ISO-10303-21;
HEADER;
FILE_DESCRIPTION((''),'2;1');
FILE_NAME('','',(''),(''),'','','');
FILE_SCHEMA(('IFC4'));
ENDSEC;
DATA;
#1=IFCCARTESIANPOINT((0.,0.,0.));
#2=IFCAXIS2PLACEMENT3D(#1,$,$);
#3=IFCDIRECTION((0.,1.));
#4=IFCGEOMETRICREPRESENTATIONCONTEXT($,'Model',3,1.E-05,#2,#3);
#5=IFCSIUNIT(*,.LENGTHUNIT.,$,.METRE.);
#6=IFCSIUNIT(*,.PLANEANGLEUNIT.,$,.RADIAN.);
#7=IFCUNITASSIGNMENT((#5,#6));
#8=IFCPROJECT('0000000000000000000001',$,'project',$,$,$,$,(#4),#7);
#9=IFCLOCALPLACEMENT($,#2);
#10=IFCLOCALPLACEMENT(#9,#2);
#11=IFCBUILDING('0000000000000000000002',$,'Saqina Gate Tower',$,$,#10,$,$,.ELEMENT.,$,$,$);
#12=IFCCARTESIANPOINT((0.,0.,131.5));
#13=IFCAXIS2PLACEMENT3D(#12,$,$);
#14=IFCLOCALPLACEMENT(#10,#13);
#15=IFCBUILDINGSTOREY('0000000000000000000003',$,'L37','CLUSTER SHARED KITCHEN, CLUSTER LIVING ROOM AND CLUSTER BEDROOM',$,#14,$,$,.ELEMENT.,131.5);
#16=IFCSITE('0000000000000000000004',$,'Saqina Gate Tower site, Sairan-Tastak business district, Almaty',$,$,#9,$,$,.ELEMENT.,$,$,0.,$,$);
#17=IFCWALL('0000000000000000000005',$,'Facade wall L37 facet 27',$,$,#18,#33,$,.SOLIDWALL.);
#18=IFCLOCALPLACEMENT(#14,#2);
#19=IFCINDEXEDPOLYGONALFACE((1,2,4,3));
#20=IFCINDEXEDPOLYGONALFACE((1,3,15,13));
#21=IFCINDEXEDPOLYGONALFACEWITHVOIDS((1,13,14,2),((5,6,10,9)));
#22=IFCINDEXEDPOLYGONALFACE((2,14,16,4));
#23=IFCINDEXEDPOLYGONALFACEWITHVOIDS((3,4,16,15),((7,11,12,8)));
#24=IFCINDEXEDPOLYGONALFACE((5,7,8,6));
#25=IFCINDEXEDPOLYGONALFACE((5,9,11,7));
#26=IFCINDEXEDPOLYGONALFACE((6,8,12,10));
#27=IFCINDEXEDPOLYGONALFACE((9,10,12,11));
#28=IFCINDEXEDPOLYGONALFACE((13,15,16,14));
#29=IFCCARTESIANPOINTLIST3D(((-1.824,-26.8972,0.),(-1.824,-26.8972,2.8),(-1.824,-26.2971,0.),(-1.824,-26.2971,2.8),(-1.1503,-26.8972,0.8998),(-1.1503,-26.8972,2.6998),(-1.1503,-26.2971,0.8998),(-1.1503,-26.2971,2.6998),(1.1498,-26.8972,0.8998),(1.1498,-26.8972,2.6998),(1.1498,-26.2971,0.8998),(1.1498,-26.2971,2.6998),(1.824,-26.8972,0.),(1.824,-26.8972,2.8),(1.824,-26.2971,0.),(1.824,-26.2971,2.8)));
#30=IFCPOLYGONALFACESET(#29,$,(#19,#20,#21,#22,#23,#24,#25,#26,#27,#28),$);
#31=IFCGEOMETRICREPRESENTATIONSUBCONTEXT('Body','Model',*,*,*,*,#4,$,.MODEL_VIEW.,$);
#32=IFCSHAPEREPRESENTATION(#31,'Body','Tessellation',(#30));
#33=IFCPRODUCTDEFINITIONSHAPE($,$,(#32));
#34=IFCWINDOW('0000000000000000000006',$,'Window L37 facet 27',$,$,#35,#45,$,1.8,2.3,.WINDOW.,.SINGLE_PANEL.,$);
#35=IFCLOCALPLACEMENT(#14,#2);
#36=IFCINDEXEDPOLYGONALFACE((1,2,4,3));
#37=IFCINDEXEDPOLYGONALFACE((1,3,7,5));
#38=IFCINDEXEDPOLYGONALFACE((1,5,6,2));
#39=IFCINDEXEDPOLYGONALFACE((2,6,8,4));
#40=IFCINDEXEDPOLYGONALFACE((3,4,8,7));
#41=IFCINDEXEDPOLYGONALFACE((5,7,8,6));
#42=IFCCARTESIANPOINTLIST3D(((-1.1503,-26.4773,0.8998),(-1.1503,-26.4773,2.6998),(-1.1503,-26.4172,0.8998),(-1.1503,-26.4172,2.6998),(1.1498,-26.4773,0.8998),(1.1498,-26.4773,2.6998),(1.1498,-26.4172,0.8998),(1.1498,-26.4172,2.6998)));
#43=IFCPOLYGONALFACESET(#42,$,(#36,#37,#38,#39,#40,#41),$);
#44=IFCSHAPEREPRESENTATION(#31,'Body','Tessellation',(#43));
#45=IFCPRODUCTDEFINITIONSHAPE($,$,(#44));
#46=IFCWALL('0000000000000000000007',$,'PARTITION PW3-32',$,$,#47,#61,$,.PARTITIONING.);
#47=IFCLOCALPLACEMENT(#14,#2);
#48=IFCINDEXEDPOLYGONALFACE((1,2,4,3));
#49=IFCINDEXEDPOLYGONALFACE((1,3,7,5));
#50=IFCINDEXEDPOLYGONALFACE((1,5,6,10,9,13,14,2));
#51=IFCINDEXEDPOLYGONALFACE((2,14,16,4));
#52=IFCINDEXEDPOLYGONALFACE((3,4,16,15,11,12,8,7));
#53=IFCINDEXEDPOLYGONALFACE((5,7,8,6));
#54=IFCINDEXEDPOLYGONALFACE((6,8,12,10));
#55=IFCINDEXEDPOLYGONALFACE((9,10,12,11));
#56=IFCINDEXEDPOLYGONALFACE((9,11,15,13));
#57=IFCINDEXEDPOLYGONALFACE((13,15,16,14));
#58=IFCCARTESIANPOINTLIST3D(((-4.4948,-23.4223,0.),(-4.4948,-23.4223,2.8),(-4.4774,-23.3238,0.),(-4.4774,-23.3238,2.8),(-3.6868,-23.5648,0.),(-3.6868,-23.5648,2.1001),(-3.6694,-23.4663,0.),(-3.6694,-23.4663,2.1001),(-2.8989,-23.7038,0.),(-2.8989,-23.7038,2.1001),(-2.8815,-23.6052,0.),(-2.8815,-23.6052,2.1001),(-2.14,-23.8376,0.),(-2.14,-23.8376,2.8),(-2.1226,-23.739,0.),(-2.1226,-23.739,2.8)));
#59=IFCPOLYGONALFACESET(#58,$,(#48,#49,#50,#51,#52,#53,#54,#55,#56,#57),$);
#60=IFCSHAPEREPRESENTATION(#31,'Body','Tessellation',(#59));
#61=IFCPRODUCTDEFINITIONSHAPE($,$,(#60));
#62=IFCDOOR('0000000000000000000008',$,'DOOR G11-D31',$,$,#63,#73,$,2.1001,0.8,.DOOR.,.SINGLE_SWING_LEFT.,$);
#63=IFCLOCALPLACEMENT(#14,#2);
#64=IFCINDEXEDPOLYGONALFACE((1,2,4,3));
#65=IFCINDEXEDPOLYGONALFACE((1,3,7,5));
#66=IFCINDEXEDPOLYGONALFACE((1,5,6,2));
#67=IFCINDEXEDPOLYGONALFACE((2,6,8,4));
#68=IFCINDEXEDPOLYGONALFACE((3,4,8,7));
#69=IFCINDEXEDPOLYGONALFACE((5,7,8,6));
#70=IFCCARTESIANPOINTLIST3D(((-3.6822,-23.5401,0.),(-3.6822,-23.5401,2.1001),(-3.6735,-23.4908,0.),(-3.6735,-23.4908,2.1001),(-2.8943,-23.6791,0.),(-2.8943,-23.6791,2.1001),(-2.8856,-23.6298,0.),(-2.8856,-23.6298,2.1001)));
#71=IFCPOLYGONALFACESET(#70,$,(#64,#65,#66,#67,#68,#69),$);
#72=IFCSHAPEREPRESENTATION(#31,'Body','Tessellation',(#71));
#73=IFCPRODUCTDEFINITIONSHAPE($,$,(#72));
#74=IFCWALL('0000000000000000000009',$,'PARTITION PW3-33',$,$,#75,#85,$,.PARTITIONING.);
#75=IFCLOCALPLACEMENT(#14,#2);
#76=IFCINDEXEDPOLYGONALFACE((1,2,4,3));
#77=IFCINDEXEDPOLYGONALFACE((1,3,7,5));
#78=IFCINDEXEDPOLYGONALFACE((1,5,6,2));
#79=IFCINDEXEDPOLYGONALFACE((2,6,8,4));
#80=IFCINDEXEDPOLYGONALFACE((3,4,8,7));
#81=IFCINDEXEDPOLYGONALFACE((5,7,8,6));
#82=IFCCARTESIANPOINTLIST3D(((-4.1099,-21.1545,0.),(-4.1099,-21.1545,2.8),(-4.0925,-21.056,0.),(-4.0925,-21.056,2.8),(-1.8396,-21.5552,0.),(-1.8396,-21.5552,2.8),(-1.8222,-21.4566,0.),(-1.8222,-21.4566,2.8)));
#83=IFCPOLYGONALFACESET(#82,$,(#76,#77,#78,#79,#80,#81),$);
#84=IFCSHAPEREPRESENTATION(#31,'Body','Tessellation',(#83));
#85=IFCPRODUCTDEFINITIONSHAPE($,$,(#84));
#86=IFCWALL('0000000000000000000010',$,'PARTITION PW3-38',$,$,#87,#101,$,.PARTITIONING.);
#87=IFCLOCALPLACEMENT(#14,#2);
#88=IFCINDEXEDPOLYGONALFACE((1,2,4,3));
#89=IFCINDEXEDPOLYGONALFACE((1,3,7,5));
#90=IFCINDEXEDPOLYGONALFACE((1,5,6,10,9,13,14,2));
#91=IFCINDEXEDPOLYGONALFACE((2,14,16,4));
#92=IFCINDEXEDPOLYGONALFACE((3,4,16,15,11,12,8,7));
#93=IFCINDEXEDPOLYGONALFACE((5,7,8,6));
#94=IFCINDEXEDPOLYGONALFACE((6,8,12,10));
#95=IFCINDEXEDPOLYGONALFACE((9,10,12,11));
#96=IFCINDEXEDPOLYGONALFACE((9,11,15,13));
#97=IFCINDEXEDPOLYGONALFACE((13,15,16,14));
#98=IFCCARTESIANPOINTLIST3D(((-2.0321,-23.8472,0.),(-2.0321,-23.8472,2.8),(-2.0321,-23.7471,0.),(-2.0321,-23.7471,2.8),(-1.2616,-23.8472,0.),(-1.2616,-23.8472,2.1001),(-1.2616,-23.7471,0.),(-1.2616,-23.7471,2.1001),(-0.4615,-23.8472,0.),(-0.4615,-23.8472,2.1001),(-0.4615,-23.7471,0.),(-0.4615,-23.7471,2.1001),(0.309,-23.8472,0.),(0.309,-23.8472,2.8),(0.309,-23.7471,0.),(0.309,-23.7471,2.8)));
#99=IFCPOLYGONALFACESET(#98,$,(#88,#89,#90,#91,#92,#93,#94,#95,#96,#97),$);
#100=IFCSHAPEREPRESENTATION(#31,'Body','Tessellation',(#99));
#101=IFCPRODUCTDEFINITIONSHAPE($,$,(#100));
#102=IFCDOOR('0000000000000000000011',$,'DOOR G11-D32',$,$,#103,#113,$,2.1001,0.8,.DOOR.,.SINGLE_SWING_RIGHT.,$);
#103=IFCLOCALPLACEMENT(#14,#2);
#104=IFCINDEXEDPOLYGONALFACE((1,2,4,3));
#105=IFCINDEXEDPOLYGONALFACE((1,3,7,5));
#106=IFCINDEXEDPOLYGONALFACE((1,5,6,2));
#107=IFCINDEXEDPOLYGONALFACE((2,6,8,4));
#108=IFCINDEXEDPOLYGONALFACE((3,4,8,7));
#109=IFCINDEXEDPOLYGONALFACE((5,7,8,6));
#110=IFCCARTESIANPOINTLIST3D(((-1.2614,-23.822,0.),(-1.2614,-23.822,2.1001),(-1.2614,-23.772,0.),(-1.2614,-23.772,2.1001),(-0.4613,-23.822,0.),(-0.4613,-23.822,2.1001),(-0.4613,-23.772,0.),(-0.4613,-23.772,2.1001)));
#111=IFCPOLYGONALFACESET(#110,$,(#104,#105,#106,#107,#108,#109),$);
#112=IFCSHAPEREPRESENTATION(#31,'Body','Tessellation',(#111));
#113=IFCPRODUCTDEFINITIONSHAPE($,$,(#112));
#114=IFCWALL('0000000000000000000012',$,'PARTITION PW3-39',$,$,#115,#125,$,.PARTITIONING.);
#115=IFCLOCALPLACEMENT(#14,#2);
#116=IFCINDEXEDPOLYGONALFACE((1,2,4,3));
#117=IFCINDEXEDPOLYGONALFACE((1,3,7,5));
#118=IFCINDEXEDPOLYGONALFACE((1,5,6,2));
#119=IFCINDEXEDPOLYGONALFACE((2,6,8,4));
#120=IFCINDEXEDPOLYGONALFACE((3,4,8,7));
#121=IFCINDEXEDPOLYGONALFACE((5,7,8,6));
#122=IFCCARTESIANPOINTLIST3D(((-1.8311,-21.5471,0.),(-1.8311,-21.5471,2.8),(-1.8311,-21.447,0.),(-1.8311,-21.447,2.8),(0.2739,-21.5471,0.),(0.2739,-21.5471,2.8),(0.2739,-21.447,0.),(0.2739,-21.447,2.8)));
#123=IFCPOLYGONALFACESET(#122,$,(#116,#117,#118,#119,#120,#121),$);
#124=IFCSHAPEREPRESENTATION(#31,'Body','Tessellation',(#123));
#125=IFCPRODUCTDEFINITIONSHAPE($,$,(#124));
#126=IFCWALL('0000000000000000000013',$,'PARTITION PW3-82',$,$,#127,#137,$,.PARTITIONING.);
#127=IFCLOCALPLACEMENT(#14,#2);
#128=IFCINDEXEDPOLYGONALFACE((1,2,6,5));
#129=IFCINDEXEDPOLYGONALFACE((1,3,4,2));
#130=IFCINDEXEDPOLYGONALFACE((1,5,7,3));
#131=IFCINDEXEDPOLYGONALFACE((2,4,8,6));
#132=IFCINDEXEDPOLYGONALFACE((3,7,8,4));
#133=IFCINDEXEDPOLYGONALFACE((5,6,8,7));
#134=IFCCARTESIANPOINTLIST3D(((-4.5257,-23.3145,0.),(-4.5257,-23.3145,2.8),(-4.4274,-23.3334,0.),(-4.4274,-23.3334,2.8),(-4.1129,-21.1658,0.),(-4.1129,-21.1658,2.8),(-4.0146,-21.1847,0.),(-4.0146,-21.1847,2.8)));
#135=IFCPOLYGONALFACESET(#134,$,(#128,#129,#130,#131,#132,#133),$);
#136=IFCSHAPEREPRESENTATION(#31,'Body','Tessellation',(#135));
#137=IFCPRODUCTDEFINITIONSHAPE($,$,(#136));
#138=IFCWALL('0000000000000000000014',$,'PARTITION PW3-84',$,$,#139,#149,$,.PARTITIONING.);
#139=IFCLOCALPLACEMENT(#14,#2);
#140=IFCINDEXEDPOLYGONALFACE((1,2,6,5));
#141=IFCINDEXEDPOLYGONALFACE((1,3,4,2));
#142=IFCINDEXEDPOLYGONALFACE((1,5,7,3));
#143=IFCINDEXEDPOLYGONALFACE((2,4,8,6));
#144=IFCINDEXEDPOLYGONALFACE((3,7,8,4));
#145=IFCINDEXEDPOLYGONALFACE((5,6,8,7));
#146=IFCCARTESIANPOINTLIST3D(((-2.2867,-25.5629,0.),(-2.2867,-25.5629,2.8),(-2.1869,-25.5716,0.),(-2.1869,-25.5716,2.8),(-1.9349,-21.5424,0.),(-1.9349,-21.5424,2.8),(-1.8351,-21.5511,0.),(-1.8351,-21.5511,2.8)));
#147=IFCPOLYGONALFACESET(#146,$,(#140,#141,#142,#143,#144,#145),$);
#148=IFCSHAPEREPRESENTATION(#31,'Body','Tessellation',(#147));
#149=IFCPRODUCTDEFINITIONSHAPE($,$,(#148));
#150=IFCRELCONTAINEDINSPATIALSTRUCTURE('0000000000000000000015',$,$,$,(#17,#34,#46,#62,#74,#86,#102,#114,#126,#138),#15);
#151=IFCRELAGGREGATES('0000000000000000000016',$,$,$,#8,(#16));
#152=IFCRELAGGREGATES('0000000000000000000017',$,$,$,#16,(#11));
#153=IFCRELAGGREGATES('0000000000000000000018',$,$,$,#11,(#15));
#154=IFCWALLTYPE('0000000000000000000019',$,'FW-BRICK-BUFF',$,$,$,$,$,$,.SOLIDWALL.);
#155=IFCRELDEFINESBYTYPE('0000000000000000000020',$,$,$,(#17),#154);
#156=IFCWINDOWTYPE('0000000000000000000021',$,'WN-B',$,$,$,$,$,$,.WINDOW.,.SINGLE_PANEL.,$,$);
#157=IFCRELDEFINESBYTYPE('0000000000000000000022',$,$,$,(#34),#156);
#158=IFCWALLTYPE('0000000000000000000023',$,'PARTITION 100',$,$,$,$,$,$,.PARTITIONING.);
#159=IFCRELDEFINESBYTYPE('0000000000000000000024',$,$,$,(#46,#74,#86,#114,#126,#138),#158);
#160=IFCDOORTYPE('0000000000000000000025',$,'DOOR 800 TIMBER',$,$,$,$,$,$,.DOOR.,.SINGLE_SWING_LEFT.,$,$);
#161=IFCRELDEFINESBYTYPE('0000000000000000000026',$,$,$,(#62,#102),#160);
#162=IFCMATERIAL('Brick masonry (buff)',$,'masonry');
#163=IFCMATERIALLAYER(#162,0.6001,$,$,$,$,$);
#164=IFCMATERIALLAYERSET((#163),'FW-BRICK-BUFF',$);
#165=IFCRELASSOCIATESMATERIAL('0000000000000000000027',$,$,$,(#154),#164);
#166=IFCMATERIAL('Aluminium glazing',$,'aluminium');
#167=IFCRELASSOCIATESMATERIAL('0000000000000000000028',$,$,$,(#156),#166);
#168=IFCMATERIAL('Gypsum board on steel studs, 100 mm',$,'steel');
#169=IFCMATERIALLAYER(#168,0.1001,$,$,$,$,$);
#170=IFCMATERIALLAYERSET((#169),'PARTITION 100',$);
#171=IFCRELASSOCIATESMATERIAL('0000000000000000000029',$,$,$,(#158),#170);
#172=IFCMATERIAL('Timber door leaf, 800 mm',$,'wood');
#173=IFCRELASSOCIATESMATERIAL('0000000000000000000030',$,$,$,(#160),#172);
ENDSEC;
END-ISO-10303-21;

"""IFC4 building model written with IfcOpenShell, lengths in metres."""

from ifc_helpers import new_model, si_unit, direction, frame, frame_2d, origin, place, context, subcontext, project, spatial, rectangle, extrude, material, layer, layer_set, type_object, element, fill, save


model = new_model("IFC4")

# Units and contexts
model_context = context("Model", 3, precision=1e-05, world=origin(), true_north=direction((0.0, 1.0)))
body_context = subcontext(model_context, "Body", "Model", "MODEL_VIEW")
ifc_project = project(units=[si_unit("LENGTHUNIT", "METRE"), si_unit("PLANEANGLEUNIT", "RADIAN")], contexts=[model_context])

# Site, building, storey
site_placement = place(None, origin())
site = spatial("IfcSite", under=ifc_project, at=site_placement, Name="Saqina Gate Tower site, Sairan-Tastak business district, Almaty", CompositionType="ELEMENT", RefElevation=0.0)
building_placement = place(site_placement, origin())
building = spatial("IfcBuilding", under=site, at=building_placement, Name="Saqina Gate Tower", CompositionType="ELEMENT")
storey_placement = place(building_placement, frame((0.0, 0.0, 131.5)))
storey = spatial("IfcBuildingStorey", under=building, at=storey_placement, Name="L37", Description="CLUSTER SHARED KITCHEN, CLUSTER LIVING ROOM AND CLUSTER BEDROOM", CompositionType="ELEMENT", Elevation=131.5)

# Wall, opening, window
ifc_material_1 = material(Name="Brick masonry (buff)", Category="masonry")
ifc_layer_1 = layer(ifc_material_1, 0.6001)
ifc_layer_set_1 = layer_set([ifc_layer_1], Name="FW-BRICK-BUFF")
wall_type_1 = type_object("IfcWallType", Name="FW-BRICK-BUFF", PredefinedType="SOLIDWALL", material=ifc_layer_set_1)
wall_1_placement = place(storey_placement, frame((-1.824, -26.5972, 0.0), z_axis=(0.0, 0.0, 1.0), x_axis=(1.0, 0.0, 0.0)))
wall_1 = element("IfcWall", 1, at=wall_1_placement, inside=storey, type_object=wall_type_1, Name="Facade wall L37 facet 27", PredefinedType="SOLIDWALL", context=body_context, shape_type="SweptSolid", body=[
    extrude(rectangle(XDim=3.6479, YDim=0.6001, at=frame_2d((1.824, 0.0))), origin(), (0.0, 0.0, 1.0), 2.8),
])
opening_1_placement = place(wall_1_placement, frame((0.6738, 0.0, 0.8999)))
opening_1 = element("IfcOpeningElement", 2, at=opening_1_placement, cuts=wall_1, PredefinedType="OPENING", context=body_context, shape_type="SweptSolid", body=[
    extrude(rectangle(XDim=2.3, YDim=1.8, at=frame_2d((1.1499, 0.8999))), frame((0.0, 0.312, 0.0), z_axis=(0.0, -1.0, 0.0), x_axis=(1.0, 0.0, 0.0)), (0.0, 0.0, 1.0), 0.624),
])
ifc_material_2 = material(Name="Aluminium glazing", Category="aluminium")
window_type = type_object("IfcWindowType", Name="WN-B", PartitioningType="SINGLE_PANEL", PredefinedType="WINDOW", material=ifc_material_2)
window_placement = place(opening_1_placement, origin())
window = element("IfcWindow", 3, at=window_placement, inside=storey, type_object=window_type, Name="Window L37 facet 27", OverallHeight=1.8, OverallWidth=2.3, PartitioningType="SINGLE_PANEL", PredefinedType="WINDOW", context=body_context, shape_type="SweptSolid", body=[
    extrude(rectangle(XDim=2.3, YDim=1.8, at=frame_2d((1.1499, 0.8999))), frame((0.0, 0.1799, 0.0), z_axis=(0.0, -1.0, 0.0), x_axis=(1.0, 0.0, 0.0)), (0.0, 0.0, 1.0), 0.0601),
])
fill(opening_1, window)

# Wall, opening, door
ifc_material_3 = material(Name="Gypsum board on steel studs, 100 mm", Category="steel")
ifc_layer_2 = layer(ifc_material_3, 0.1001)
ifc_layer_set_2 = layer_set([ifc_layer_2], Name="PARTITION 100")
wall_type_2 = type_object("IfcWallType", Name="PARTITION 100", PredefinedType="PARTITIONING", material=ifc_layer_set_2)
wall_2_placement = place(storey_placement, frame((-4.4861, -23.373, 0.0), z_axis=(0.0, 0.0, 1.0), x_axis=(0.984802, -0.17368, 0.0)))
wall_2 = element("IfcWall", 4, at=wall_2_placement, inside=storey, type_object=wall_type_2, Name="PARTITION PW3-32", PredefinedType="PARTITIONING", context=body_context, shape_type="SweptSolid", body=[
    extrude(rectangle(XDim=2.3911, YDim=0.1001, at=frame_2d((1.1956, 0.0))), origin(), (0.0, 0.0, 1.0), 2.8),
])
opening_2_placement = place(wall_2_placement, frame((0.8206, 0.0, 0.0)))
opening_2 = element("IfcOpeningElement", 5, at=opening_2_placement, cuts=wall_2, PredefinedType="OPENING", context=body_context, shape_type="SweptSolid", body=[
    extrude(rectangle(XDim=0.8, YDim=2.1001, at=frame_2d((0.3999, 1.05))), frame((0.0, 0.062, 0.0), z_axis=(0.0, -1.0, 0.0), x_axis=(1.0, 0.0, 0.0)), (0.0, 0.0, 1.0), 0.124),
])
ifc_material_4 = material(Name="Timber door leaf, 800 mm", Category="wood")
door_type_1 = type_object("IfcDoorType", Name="DOOR 800 TIMBER", OperationType="SINGLE_SWING_LEFT", PredefinedType="DOOR", material=ifc_material_4)
door_1_placement = place(opening_2_placement, frame((0.8, 0.0, 0.0), z_axis=(0.0, 0.0, 1.0), x_axis=(-1.0, 0.0, 0.0)))
door_1 = element("IfcDoor", 6, at=door_1_placement, inside=storey, type_object=door_type_1, Name="DOOR G11-D31", OperationType="SINGLE_SWING_LEFT", OverallHeight=2.1001, OverallWidth=0.8, PredefinedType="DOOR", context=body_context, shape_type="SweptSolid", body=[
    extrude(rectangle(XDim=0.8, YDim=2.1001, at=frame_2d((0.3999, 1.05))), frame((0.0, 0.0249, 0.0), z_axis=(0.0, -1.0, 0.0), x_axis=(1.0, 0.0, 0.0)), (0.0, 0.0, 1.0), 0.05),
])
fill(opening_2, door_1)

# Wall
wall_3_placement = place(storey_placement, frame((-4.1013, -21.1052, 0.0), z_axis=(0.0, 0.0, 1.0), x_axis=(0.984784, -0.173785, 0.0)))
element("IfcWall", 7, at=wall_3_placement, inside=storey, type_object=wall_type_2, Name="PARTITION PW3-33", PredefinedType="PARTITIONING", context=body_context, shape_type="SweptSolid", body=[
    extrude(rectangle(XDim=2.3054, YDim=0.1001, at=frame_2d((1.1528, 0.0))), origin(), (0.0, 0.0, 1.0), 2.8),
])

# Wall, opening, door
wall_4_placement = place(storey_placement, frame((-2.032, -23.7971, 0.0), z_axis=(0.0, 0.0, 1.0), x_axis=(1.0, 0.0, 0.0)))
wall_4 = element("IfcWall", 8, at=wall_4_placement, inside=storey, type_object=wall_type_2, Name="PARTITION PW3-38", PredefinedType="PARTITIONING", context=body_context, shape_type="SweptSolid", body=[
    extrude(rectangle(XDim=2.3411, YDim=0.1001, at=frame_2d((1.1704, 0.0))), origin(), (0.0, 0.0, 1.0), 2.8),
])
opening_3_placement = place(wall_4_placement, frame((0.7705, 0.0, 0.0)))
opening_3 = element("IfcOpeningElement", 9, at=opening_3_placement, cuts=wall_4, PredefinedType="OPENING", context=body_context, shape_type="SweptSolid", body=[
    extrude(rectangle(XDim=0.8, YDim=2.1001, at=frame_2d((0.3999, 1.05))), frame((0.0, 0.062, 0.0), z_axis=(0.0, -1.0, 0.0), x_axis=(1.0, 0.0, 0.0)), (0.0, 0.0, 1.0), 0.124),
])
door_2_placement = place(opening_3_placement, frame((0.8, 0.0, 0.0), z_axis=(0.0, 0.0, 1.0), x_axis=(-1.0, 0.0, 0.0)))
door_2 = element("IfcDoor", 10, at=door_2_placement, inside=storey, type_object=door_type_1, Name="DOOR G11-D32", OperationType="SINGLE_SWING_RIGHT", OverallHeight=2.1001, OverallWidth=0.8, PredefinedType="DOOR", context=body_context, shape_type="SweptSolid", body=[
    extrude(rectangle(XDim=0.8, YDim=2.1001, at=frame_2d((0.3999, 1.05))), frame((0.0, 0.0249, 0.0), z_axis=(0.0, -1.0, 0.0), x_axis=(1.0, 0.0, 0.0)), (0.0, 0.0, 1.0), 0.05),
])
fill(opening_3, door_2)

# Walls
wall_5_placement = place(storey_placement, frame((-1.8311, -21.4971, 0.0), z_axis=(0.0, 0.0, 1.0), x_axis=(1.0, 0.0, 0.0)))
element("IfcWall", 11, at=wall_5_placement, inside=storey, type_object=wall_type_2, Name="PARTITION PW3-39", PredefinedType="PARTITIONING", context=body_context, shape_type="SweptSolid", body=[
    extrude(rectangle(XDim=2.105, YDim=0.1001, at=frame_2d((1.0525, 0.0))), origin(), (0.0, 0.0, 1.0), 2.8),
])
wall_6_placement = place(storey_placement, frame((-4.4766, -23.324, 0.0), z_axis=(0.0, 0.0, 1.0), x_axis=(0.188686, 0.982037, 0.0)))
element("IfcWall", 12, at=wall_6_placement, inside=storey, type_object=wall_type_2, Name="PARTITION PW3-82", PredefinedType="PARTITIONING", context=body_context, shape_type="SweptSolid", body=[
    extrude(rectangle(XDim=2.188, YDim=0.1001, at=frame_2d((1.094, 0.0))), origin(), (0.0, 0.0, 1.0), 2.8),
])
wall_7_placement = place(storey_placement, frame((-2.2368, -25.5674, 0.0), z_axis=(0.0, 0.0, 1.0), x_axis=(0.08717, 0.996193, 0.0)))
element("IfcWall", 13, at=wall_7_placement, inside=storey, type_object=wall_type_2, Name="PARTITION PW3-84", PredefinedType="PARTITIONING", context=body_context, shape_type="SweptSolid", body=[
    extrude(rectangle(XDim=4.0359, YDim=0.1001, at=frame_2d((2.0181, 0.0))), origin(), (0.0, 0.0, 1.0), 2.8),
])

save(model, "model.ifc")
